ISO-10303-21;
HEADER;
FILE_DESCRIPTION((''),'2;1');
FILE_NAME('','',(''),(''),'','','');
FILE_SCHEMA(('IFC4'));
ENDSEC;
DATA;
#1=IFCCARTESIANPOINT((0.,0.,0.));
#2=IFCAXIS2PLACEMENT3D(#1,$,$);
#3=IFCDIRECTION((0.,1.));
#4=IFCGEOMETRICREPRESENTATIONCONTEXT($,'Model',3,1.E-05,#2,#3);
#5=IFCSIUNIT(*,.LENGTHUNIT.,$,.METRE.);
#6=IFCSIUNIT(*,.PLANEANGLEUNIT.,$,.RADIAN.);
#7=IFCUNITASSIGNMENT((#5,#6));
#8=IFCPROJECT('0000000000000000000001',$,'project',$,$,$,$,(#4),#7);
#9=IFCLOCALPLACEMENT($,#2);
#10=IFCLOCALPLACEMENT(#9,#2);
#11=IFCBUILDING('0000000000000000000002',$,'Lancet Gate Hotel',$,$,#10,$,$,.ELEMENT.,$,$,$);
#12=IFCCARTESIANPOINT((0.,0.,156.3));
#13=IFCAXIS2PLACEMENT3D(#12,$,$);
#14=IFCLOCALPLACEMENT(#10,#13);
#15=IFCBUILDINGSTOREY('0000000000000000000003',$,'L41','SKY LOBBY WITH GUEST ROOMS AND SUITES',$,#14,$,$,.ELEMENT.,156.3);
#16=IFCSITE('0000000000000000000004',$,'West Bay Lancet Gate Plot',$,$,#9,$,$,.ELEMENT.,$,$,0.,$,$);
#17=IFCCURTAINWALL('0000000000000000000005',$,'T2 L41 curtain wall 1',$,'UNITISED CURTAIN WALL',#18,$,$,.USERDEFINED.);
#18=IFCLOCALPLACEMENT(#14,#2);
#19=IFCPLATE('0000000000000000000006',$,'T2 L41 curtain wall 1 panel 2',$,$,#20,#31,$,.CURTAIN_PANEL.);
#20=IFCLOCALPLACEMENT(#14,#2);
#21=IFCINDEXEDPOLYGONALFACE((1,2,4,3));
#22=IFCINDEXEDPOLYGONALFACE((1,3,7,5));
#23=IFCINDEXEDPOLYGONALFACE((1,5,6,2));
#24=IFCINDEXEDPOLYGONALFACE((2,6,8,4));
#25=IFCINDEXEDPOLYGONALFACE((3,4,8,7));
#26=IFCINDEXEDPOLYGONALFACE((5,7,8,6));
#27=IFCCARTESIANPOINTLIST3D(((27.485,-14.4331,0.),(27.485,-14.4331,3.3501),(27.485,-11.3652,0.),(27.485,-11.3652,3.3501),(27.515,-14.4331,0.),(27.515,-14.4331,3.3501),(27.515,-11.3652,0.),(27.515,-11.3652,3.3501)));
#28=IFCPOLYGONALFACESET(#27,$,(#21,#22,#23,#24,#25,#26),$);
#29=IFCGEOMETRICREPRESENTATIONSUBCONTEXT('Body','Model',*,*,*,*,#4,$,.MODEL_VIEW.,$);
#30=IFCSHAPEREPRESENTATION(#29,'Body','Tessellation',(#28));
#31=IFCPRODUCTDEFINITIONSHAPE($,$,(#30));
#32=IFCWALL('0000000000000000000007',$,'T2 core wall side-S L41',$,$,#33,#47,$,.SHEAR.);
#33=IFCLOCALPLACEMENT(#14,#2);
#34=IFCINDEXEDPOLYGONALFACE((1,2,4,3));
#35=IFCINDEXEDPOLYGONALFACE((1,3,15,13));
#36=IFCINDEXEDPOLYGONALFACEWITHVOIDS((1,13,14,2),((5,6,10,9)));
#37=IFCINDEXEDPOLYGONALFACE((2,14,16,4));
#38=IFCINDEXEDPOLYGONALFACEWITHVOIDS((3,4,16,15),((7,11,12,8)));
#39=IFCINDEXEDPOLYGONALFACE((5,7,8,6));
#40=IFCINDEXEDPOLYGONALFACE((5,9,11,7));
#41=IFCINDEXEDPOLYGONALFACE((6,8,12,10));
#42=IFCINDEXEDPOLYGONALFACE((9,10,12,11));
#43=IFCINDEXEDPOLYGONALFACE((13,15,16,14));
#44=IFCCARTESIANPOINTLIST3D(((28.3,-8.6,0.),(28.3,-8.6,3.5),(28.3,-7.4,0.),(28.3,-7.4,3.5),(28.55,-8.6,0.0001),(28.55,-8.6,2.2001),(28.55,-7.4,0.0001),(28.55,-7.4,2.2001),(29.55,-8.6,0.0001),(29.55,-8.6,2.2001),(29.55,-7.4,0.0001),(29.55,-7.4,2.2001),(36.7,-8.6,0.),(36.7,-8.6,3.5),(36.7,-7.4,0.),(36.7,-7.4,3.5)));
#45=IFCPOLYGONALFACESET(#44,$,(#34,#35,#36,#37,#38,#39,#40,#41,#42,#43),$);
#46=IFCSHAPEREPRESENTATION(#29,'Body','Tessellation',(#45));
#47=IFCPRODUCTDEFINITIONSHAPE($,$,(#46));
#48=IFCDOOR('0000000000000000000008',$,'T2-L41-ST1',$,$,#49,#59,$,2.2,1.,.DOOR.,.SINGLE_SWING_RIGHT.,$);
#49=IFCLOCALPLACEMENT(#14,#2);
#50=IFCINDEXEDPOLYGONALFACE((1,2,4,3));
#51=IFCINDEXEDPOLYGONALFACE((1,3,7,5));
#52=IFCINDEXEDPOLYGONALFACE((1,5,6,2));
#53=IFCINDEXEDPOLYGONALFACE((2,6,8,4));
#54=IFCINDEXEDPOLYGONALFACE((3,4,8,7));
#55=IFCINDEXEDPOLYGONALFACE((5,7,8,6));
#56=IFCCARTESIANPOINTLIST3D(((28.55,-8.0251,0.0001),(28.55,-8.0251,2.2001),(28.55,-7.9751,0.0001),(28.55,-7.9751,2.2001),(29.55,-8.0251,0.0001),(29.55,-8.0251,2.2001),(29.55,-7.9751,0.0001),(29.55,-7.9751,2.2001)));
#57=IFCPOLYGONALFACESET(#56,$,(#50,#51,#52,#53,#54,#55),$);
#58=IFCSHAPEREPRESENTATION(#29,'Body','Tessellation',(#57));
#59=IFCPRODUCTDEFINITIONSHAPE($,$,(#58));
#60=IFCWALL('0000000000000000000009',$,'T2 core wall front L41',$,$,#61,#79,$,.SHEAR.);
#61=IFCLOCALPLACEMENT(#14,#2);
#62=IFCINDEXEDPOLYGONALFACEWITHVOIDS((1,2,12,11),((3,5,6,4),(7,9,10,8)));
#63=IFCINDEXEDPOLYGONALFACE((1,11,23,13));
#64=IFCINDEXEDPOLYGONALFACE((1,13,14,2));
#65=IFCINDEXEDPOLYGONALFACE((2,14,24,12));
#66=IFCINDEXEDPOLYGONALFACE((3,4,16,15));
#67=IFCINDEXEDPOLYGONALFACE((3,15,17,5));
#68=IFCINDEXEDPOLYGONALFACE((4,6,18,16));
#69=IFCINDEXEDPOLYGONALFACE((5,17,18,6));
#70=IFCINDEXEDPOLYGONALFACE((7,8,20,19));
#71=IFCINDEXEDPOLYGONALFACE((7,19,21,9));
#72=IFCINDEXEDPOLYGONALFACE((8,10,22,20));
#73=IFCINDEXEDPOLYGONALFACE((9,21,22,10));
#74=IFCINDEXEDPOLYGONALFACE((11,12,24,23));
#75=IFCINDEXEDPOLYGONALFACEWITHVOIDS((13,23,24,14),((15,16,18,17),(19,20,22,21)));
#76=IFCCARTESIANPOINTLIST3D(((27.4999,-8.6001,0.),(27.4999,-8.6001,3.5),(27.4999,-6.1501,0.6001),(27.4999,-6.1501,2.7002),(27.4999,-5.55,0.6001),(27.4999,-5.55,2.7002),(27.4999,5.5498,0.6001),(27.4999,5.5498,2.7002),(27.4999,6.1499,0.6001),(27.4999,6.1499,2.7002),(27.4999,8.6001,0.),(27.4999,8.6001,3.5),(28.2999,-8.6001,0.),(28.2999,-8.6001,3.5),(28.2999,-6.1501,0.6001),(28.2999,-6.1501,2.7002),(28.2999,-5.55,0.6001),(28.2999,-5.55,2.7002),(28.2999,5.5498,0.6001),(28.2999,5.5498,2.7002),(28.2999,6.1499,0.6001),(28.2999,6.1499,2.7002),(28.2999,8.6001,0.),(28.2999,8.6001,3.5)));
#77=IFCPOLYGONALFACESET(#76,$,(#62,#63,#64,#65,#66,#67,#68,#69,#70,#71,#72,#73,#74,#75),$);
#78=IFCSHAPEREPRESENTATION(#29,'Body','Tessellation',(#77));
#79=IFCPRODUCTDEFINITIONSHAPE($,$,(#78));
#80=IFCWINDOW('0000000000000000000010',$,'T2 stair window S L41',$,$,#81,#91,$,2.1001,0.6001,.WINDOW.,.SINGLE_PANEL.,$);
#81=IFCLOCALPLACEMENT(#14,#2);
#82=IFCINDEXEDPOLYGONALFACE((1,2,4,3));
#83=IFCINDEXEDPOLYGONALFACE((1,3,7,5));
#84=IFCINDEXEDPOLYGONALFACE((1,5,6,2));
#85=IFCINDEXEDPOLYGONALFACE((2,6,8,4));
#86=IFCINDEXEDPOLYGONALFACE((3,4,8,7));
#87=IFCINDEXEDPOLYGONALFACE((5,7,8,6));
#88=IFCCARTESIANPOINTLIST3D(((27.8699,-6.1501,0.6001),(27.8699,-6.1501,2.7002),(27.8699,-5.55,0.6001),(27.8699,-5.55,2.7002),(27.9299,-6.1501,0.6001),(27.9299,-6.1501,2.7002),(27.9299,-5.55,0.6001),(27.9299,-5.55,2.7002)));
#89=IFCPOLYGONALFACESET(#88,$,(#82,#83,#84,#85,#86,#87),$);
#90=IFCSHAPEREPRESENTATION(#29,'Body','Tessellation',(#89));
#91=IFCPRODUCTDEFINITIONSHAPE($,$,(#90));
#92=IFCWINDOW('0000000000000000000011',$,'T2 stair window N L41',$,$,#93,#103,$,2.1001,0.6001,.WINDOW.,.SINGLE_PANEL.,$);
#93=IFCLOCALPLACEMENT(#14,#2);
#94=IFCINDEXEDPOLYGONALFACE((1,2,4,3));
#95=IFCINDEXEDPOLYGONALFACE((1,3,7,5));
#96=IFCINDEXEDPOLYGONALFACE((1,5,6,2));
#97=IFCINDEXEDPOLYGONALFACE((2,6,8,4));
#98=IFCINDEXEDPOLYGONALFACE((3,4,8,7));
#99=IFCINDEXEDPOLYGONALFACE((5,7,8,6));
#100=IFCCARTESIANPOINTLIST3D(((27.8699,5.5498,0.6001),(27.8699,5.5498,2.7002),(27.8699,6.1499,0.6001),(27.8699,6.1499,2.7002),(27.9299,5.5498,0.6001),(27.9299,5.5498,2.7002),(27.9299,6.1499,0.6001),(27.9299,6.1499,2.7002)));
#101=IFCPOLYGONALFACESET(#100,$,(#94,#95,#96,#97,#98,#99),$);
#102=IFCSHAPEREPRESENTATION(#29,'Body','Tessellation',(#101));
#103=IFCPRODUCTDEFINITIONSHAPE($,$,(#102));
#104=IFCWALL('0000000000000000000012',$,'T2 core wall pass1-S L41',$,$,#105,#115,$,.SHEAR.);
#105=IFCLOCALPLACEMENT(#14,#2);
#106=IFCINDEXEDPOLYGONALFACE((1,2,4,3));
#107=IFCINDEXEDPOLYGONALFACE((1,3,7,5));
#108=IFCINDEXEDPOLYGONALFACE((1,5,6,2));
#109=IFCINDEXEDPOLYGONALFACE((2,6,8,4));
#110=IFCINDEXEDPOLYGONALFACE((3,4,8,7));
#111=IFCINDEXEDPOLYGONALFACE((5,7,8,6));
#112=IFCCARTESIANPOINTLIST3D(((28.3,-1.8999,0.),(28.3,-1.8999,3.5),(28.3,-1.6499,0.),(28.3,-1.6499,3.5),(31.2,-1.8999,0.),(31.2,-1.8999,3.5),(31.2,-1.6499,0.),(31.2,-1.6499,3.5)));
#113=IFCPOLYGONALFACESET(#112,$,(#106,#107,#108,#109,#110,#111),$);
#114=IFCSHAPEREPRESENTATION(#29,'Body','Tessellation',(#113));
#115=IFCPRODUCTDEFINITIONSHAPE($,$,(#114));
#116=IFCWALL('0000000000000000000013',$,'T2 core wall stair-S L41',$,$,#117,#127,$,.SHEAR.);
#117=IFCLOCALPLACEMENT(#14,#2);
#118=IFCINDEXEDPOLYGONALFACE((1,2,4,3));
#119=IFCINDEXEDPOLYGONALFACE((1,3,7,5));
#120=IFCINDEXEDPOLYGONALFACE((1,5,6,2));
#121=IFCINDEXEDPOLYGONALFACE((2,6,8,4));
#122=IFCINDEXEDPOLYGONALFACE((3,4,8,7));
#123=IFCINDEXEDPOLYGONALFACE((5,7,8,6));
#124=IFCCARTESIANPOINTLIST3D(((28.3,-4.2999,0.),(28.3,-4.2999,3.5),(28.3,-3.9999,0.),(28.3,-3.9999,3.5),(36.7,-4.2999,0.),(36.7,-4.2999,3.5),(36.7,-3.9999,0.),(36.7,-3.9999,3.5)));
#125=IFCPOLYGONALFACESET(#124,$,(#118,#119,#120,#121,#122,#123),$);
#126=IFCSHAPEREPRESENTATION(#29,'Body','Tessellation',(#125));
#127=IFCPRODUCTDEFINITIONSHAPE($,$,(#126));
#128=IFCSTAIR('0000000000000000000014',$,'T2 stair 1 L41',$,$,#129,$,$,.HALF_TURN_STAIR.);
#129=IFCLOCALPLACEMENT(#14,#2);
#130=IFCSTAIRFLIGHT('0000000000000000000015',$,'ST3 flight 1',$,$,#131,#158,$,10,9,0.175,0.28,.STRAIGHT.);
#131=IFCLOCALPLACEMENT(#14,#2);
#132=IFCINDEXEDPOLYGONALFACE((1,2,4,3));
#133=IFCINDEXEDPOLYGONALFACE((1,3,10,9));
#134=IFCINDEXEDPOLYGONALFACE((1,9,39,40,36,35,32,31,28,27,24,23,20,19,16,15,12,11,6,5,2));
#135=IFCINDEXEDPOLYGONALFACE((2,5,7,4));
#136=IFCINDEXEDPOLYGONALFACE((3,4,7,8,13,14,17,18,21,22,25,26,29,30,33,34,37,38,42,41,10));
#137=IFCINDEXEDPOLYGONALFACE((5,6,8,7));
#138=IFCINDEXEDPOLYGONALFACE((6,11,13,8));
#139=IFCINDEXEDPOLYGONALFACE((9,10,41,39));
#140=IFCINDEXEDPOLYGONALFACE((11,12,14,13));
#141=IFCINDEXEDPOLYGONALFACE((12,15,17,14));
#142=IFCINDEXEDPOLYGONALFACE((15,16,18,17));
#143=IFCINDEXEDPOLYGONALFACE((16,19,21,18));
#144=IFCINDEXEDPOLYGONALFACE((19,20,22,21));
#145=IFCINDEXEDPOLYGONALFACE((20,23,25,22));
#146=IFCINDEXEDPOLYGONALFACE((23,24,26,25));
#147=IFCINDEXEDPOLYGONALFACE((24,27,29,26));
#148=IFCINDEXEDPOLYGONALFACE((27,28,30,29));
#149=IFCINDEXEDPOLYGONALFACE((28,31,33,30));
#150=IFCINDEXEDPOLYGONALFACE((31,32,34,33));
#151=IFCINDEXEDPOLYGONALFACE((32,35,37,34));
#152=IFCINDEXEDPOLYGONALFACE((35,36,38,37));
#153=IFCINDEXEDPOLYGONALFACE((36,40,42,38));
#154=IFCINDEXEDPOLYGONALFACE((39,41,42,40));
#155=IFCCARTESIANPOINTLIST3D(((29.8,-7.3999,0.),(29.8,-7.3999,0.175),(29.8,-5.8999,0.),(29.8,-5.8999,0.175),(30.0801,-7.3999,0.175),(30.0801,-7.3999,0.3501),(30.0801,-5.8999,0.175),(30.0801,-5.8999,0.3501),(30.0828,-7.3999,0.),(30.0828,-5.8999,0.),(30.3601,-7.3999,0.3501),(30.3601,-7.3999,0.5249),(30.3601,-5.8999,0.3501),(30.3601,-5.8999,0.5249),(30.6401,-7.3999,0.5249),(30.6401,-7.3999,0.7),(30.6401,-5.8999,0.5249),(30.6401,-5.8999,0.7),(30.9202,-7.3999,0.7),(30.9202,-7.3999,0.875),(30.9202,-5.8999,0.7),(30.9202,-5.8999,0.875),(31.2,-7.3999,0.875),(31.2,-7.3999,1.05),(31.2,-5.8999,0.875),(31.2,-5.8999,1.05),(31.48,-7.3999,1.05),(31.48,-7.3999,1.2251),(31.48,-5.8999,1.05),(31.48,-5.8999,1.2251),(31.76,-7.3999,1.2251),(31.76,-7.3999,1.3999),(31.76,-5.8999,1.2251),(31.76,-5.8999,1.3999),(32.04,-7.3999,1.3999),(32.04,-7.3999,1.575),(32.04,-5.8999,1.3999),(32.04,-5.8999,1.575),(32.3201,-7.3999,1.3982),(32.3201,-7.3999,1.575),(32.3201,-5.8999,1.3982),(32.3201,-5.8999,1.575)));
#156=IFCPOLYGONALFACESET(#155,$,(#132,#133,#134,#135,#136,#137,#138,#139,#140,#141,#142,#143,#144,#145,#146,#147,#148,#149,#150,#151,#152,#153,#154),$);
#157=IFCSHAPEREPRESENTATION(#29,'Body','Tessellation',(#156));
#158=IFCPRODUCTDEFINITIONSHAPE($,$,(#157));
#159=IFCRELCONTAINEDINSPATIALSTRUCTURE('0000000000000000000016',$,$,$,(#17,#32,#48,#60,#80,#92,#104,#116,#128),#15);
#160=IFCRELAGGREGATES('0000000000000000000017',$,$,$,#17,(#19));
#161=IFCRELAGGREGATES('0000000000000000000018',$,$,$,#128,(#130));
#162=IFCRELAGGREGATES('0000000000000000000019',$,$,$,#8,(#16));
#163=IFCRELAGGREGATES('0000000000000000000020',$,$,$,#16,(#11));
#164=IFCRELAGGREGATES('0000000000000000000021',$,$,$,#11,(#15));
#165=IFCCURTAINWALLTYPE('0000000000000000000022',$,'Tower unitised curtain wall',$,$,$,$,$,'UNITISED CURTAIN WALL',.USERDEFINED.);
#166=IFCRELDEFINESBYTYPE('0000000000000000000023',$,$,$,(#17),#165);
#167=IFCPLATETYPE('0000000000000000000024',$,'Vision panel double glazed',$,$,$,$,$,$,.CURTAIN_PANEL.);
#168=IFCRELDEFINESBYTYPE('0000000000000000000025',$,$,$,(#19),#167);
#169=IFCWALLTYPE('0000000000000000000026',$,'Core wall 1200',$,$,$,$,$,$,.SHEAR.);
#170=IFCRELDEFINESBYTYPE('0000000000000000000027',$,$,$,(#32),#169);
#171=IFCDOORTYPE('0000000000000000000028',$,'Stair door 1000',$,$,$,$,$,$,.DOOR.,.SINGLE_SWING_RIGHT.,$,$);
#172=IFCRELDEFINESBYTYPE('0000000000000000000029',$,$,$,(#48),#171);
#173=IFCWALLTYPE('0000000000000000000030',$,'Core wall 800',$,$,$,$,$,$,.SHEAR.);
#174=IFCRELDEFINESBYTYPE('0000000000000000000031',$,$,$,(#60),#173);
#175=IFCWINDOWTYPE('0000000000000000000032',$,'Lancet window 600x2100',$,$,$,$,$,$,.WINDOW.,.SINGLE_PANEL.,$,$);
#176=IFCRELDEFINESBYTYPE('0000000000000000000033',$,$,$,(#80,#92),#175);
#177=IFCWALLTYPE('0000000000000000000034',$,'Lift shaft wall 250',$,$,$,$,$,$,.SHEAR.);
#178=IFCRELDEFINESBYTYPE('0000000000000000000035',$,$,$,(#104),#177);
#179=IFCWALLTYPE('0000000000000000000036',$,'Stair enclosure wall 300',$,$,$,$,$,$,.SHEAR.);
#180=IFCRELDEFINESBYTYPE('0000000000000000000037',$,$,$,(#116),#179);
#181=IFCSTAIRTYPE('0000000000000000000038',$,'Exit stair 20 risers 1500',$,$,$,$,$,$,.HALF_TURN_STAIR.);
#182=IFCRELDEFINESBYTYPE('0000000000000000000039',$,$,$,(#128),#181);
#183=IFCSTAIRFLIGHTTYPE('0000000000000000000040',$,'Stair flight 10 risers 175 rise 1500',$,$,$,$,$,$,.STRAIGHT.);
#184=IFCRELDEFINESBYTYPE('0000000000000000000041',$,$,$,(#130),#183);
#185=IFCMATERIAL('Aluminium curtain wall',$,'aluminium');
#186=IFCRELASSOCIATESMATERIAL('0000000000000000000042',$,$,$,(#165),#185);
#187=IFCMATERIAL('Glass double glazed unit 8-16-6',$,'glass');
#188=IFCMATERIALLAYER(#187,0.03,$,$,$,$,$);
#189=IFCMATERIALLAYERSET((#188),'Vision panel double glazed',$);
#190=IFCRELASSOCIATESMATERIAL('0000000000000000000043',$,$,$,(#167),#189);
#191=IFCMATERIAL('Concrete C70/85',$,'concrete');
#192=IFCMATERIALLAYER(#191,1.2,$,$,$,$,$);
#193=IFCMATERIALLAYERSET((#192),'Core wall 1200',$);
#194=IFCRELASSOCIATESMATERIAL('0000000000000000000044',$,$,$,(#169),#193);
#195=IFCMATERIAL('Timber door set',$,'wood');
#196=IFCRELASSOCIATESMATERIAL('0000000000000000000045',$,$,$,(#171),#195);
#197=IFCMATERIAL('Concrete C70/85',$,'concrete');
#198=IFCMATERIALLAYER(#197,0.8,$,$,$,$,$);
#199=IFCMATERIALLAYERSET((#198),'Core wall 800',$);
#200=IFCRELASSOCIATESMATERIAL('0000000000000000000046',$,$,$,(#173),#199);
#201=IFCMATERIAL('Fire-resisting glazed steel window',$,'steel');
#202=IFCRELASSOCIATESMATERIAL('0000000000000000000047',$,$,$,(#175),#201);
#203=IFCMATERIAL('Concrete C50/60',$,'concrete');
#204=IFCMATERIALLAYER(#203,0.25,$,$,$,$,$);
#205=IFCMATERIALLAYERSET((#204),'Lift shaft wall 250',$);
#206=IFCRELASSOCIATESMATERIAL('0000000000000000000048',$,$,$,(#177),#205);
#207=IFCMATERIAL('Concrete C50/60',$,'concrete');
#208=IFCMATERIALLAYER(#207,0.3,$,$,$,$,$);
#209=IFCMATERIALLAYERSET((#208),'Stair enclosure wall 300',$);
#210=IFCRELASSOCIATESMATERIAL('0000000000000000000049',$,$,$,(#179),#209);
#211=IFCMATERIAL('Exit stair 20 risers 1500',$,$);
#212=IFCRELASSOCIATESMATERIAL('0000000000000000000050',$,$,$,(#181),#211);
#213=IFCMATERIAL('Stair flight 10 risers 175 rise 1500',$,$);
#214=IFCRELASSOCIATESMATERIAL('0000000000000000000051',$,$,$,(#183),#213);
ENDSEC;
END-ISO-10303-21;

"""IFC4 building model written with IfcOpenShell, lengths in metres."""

from ifc_helpers import new_model, si_unit, direction, frame, frame_2d, origin, origin_2d, place, context, subcontext, project, spatial, polyline, rectangle, outline, extrude, material, layer, layer_set, type_object, element, fill, aggregate, save


model = new_model("IFC4")

# Units and contexts
model_context = context("Model", 3, precision=1e-05, world=origin(), true_north=direction((0.0, 1.0)))
body_context = subcontext(model_context, "Body", "Model", "MODEL_VIEW")
ifc_project = project(units=[si_unit("LENGTHUNIT", "METRE"), si_unit("PLANEANGLEUNIT", "RADIAN")], contexts=[model_context])

# Site, building, storey
site_placement = place(None, origin())
site = spatial("IfcSite", under=ifc_project, at=site_placement, Name="West Bay Lancet Gate Plot", CompositionType="ELEMENT", RefElevation=0.0)
building_placement = place(site_placement, origin())
building = spatial("IfcBuilding", under=site, at=building_placement, Name="Lancet Gate Hotel", CompositionType="ELEMENT")
storey_placement = place(building_placement, frame((0.0, 0.0, 156.3)))
storey = spatial("IfcBuildingStorey", under=building, at=storey_placement, Name="L41", Description="SKY LOBBY WITH GUEST ROOMS AND SUITES", CompositionType="ELEMENT", Elevation=156.3)

# Curtain wall
ifc_material_1 = material(Name="Aluminium curtain wall", Category="aluminium")
curtain_wall_type = type_object("IfcCurtainWallType", Name="Tower unitised curtain wall", ElementType="UNITISED CURTAIN WALL", PredefinedType="USERDEFINED", material=ifc_material_1)
curtain_wall_placement = place(storey_placement, origin())
curtain_wall = element("IfcCurtainWall", 1, at=curtain_wall_placement, inside=storey, type_object=curtain_wall_type, Name="T2 L41 curtain wall 1", ObjectType="UNITISED CURTAIN WALL", PredefinedType="USERDEFINED")

# Plate
ifc_material_2 = material(Name="Glass double glazed unit 8-16-6", Category="glass")
ifc_layer_1 = layer(ifc_material_2, 0.03)
ifc_layer_set_1 = layer_set([ifc_layer_1], Name="Vision panel double glazed")
plate_type = type_object("IfcPlateType", Name="Vision panel double glazed", PredefinedType="CURTAIN_PANEL", material=ifc_layer_set_1)
plate_1_placement = place(storey_placement, frame((27.5, -12.8992, 0.0), z_axis=(0.0, 0.0, 1.0), x_axis=(0.0, -1.0, 0.0)))
plate_1 = element("IfcPlate", 2, at=plate_1_placement, type_object=plate_type, Name="T2 L41 curtain wall 1 panel 2", PredefinedType="CURTAIN_PANEL", context=body_context, shape_type="SweptSolid", body=[
    extrude(rectangle(XDim=3.0679, YDim=0.03, at=origin_2d()), origin(), (0.0, 0.0, 1.0), 3.3501),
])
aggregate(curtain_wall, [plate_1])

# Wall, opening, door
ifc_material_3 = material(Name="Concrete C70/85", Category="concrete")
ifc_layer_2 = layer(ifc_material_3, 1.2)
ifc_layer_set_2 = layer_set([ifc_layer_2], Name="Core wall 1200")
wall_type_1 = type_object("IfcWallType", Name="Core wall 1200", PredefinedType="SHEAR", material=ifc_layer_set_2)
wall_1_placement = place(storey_placement, frame((28.3, -8.0, 0.0), z_axis=(0.0, 0.0, 1.0), x_axis=(1.0, 0.0, 0.0)))
wall_1 = element("IfcWall", 3, at=wall_1_placement, inside=storey, type_object=wall_type_1, Name="T2 core wall side-S L41", PredefinedType="SHEAR", context=body_context, shape_type="SweptSolid", body=[
    extrude(rectangle(XDim=8.3999, YDim=1.2, at=frame_2d((4.2, 0.0))), origin(), (0.0, 0.0, 1.0), 3.5),
])
opening_1_placement = place(wall_1_placement, frame((0.25, 0.0, 0.0)))
opening_1 = element("IfcOpeningElement", 4, at=opening_1_placement, cuts=wall_1, PredefinedType="OPENING", context=body_context, shape_type="SweptSolid", body=[
    extrude(rectangle(XDim=1.0, YDim=2.2, at=frame_2d((0.5, 1.1001))), frame((0.0, 0.6099, 0.0), z_axis=(0.0, -1.0, 0.0), x_axis=(1.0, 0.0, 0.0)), (0.0, 0.0, 1.0), 1.22),
])
ifc_material_4 = material(Name="Timber door set", Category="wood")
door_type = type_object("IfcDoorType", Name="Stair door 1000", OperationType="SINGLE_SWING_RIGHT", PredefinedType="DOOR", material=ifc_material_4)
door_placement = place(opening_1_placement, origin())
door = element("IfcDoor", 5, at=door_placement, inside=storey, type_object=door_type, Name="T2-L41-ST1", OperationType="SINGLE_SWING_RIGHT", OverallHeight=2.2, OverallWidth=1.0, PredefinedType="DOOR", context=body_context, shape_type="SweptSolid", body=[
    extrude(rectangle(XDim=1.0, YDim=2.2, at=frame_2d((0.5, 1.1001))), frame((0.0, 0.0249, 0.0), z_axis=(0.0, -1.0, 0.0), x_axis=(1.0, 0.0, 0.0)), (0.0, 0.0, 1.0), 0.05),
])
fill(opening_1, door)

# Wall, openings, windows
ifc_material_5 = material(Name="Concrete C70/85", Category="concrete")
ifc_layer_3 = layer(ifc_material_5, 0.8)
ifc_layer_set_3 = layer_set([ifc_layer_3], Name="Core wall 800")
wall_type_2 = type_object("IfcWallType", Name="Core wall 800", PredefinedType="SHEAR", material=ifc_layer_set_3)
wall_2_placement = place(storey_placement, frame((27.8999, -8.6001, 0.0), z_axis=(0.0, 0.0, 1.0), x_axis=(0.0, 1.0, 0.0)))
wall_2 = element("IfcWall", 6, at=wall_2_placement, inside=storey, type_object=wall_type_2, Name="T2 core wall front L41", PredefinedType="SHEAR", context=body_context, shape_type="SweptSolid", body=[
    extrude(rectangle(XDim=17.2002, YDim=0.8, at=frame_2d((8.6001, 0.0))), origin(), (0.0, 0.0, 1.0), 3.5),
])
opening_2_placement = place(wall_2_placement, frame((2.45, 0.0, 0.6001)))
opening_2 = element("IfcOpeningElement", 7, at=opening_2_placement, cuts=wall_2, PredefinedType="OPENING", context=body_context, shape_type="SweptSolid", body=[
    extrude(rectangle(XDim=0.6001, YDim=2.1001, at=frame_2d((0.3, 1.05))), frame((0.0, 0.4099, 0.0), z_axis=(0.0, -1.0, 0.0), x_axis=(1.0, 0.0, 0.0)), (0.0, 0.0, 1.0), 0.8201),
])
opening_3_placement = place(wall_2_placement, frame((14.1499, 0.0, 0.6001)))
opening_3 = element("IfcOpeningElement", 8, at=opening_3_placement, cuts=wall_2, PredefinedType="OPENING", context=body_context, shape_type="SweptSolid", body=[
    extrude(rectangle(XDim=0.6001, YDim=2.1001, at=frame_2d((0.3, 1.05))), frame((0.0, 0.4099, 0.0), z_axis=(0.0, -1.0, 0.0), x_axis=(1.0, 0.0, 0.0)), (0.0, 0.0, 1.0), 0.8201),
])
ifc_material_6 = material(Name="Fire-resisting glazed steel window", Category="steel")
window_type = type_object("IfcWindowType", Name="Lancet window 600x2100", PartitioningType="SINGLE_PANEL", PredefinedType="WINDOW", material=ifc_material_6)
window_1_placement = place(opening_2_placement, origin())
window_1 = element("IfcWindow", 9, at=window_1_placement, inside=storey, type_object=window_type, Name="T2 stair window S L41", OverallHeight=2.1001, OverallWidth=0.6001, PartitioningType="SINGLE_PANEL", PredefinedType="WINDOW", context=body_context, shape_type="SweptSolid", body=[
    extrude(rectangle(XDim=0.6001, YDim=2.1001, at=frame_2d((0.3, 1.05))), frame((0.0, 0.03, 0.0), z_axis=(0.0, -1.0, 0.0), x_axis=(1.0, 0.0, 0.0)), (0.0, 0.0, 1.0), 0.0601),
])
fill(opening_2, window_1)
window_2_placement = place(opening_3_placement, origin())
window_2 = element("IfcWindow", 10, at=window_2_placement, inside=storey, type_object=window_type, Name="T2 stair window N L41", OverallHeight=2.1001, OverallWidth=0.6001, PartitioningType="SINGLE_PANEL", PredefinedType="WINDOW", context=body_context, shape_type="SweptSolid", body=[
    extrude(rectangle(XDim=0.6001, YDim=2.1001, at=frame_2d((0.3, 1.05))), frame((0.0, 0.03, 0.0), z_axis=(0.0, -1.0, 0.0), x_axis=(1.0, 0.0, 0.0)), (0.0, 0.0, 1.0), 0.0601),
])
fill(opening_3, window_2)

# Walls
ifc_material_7 = material(Name="Concrete C50/60", Category="concrete")
ifc_layer_4 = layer(ifc_material_7, 0.25)
ifc_layer_set_4 = layer_set([ifc_layer_4], Name="Lift shaft wall 250")
wall_type_3 = type_object("IfcWallType", Name="Lift shaft wall 250", PredefinedType="SHEAR", material=ifc_layer_set_4)
wall_3_placement = place(storey_placement, frame((28.3, -1.7749, 0.0), z_axis=(0.0, 0.0, 1.0), x_axis=(1.0, 0.0, 0.0)))
element("IfcWall", 11, at=wall_3_placement, inside=storey, type_object=wall_type_3, Name="T2 core wall pass1-S L41", PredefinedType="SHEAR", context=body_context, shape_type="SweptSolid", body=[
    extrude(rectangle(XDim=2.8999, YDim=0.25, at=frame_2d((1.45, 0.0))), origin(), (0.0, 0.0, 1.0), 3.5),
])
ifc_material_8 = material(Name="Concrete C50/60", Category="concrete")
ifc_layer_5 = layer(ifc_material_8, 0.3)
ifc_layer_set_5 = layer_set([ifc_layer_5], Name="Stair enclosure wall 300")
wall_type_4 = type_object("IfcWallType", Name="Stair enclosure wall 300", PredefinedType="SHEAR", material=ifc_layer_set_5)
wall_4_placement = place(storey_placement, frame((28.3, -4.1499, 0.0), z_axis=(0.0, 0.0, 1.0), x_axis=(1.0, 0.0, 0.0)))
element("IfcWall", 12, at=wall_4_placement, inside=storey, type_object=wall_type_4, Name="T2 core wall stair-S L41", PredefinedType="SHEAR", context=body_context, shape_type="SweptSolid", body=[
    extrude(rectangle(XDim=8.3999, YDim=0.3, at=frame_2d((4.2, 0.0))), origin(), (0.0, 0.0, 1.0), 3.5),
])

# Stair, stair flight
ifc_material_9 = material(Name="Exit stair 20 risers 1500")
stair_type = type_object("IfcStairType", Name="Exit stair 20 risers 1500", PredefinedType="HALF_TURN_STAIR", material=ifc_material_9)
stair_placement = place(storey_placement, origin())
stair = element("IfcStair", 13, at=stair_placement, inside=storey, type_object=stair_type, Name="T2 stair 1 L41", PredefinedType="HALF_TURN_STAIR")
ifc_material_10 = material(Name="Stair flight 10 risers 175 rise 1500")
stair_flight_type = type_object("IfcStairFlightType", Name="Stair flight 10 risers 175 rise 1500", PredefinedType="STRAIGHT", material=ifc_material_10)
stair_flight_placement = place(storey_placement, frame((29.8, -6.6499, 0.0), z_axis=(0.0, 0.0, 1.0), x_axis=(1.0, 0.0, 0.0)))
stair_flight = element("IfcStairFlight", 14, at=stair_flight_placement, type_object=stair_flight_type, Name="ST3 flight 1", NumberOfRisers=10, NumberOfTreads=9, PredefinedType="STRAIGHT", RiserHeight=0.175, TreadLength=0.28, context=body_context, shape_type="SweptSolid", body=[
    extrude(outline(polyline([(0.0, 0.0), (0.0, 0.175), (0.28, 0.175), (0.28, 0.3501), (0.5601, 0.3501), (0.5601, 0.5249), (0.8401, 0.5249), (0.8401, 0.7), (1.1201, 0.7), (1.1201, 0.875), (1.3999, 0.875), (1.3999, 1.05), (1.6799, 1.05), (1.6799, 1.2251), (1.96, 1.2251), (1.96, 1.3999), (2.24, 1.3999), (2.24, 1.575), (2.52, 1.575), (2.52, 1.75), (2.52, 1.3982), (0.2827, 0.0), (0.0, 0.0)])), frame((0.0, 0.75, 0.0), z_axis=(0.0, -1.0, 0.0), x_axis=(1.0, 0.0, 0.0)), (0.0, 0.0, 1.0), 1.5),
])
aggregate(stair, [stair_flight])

save(model, "model.ifc")
